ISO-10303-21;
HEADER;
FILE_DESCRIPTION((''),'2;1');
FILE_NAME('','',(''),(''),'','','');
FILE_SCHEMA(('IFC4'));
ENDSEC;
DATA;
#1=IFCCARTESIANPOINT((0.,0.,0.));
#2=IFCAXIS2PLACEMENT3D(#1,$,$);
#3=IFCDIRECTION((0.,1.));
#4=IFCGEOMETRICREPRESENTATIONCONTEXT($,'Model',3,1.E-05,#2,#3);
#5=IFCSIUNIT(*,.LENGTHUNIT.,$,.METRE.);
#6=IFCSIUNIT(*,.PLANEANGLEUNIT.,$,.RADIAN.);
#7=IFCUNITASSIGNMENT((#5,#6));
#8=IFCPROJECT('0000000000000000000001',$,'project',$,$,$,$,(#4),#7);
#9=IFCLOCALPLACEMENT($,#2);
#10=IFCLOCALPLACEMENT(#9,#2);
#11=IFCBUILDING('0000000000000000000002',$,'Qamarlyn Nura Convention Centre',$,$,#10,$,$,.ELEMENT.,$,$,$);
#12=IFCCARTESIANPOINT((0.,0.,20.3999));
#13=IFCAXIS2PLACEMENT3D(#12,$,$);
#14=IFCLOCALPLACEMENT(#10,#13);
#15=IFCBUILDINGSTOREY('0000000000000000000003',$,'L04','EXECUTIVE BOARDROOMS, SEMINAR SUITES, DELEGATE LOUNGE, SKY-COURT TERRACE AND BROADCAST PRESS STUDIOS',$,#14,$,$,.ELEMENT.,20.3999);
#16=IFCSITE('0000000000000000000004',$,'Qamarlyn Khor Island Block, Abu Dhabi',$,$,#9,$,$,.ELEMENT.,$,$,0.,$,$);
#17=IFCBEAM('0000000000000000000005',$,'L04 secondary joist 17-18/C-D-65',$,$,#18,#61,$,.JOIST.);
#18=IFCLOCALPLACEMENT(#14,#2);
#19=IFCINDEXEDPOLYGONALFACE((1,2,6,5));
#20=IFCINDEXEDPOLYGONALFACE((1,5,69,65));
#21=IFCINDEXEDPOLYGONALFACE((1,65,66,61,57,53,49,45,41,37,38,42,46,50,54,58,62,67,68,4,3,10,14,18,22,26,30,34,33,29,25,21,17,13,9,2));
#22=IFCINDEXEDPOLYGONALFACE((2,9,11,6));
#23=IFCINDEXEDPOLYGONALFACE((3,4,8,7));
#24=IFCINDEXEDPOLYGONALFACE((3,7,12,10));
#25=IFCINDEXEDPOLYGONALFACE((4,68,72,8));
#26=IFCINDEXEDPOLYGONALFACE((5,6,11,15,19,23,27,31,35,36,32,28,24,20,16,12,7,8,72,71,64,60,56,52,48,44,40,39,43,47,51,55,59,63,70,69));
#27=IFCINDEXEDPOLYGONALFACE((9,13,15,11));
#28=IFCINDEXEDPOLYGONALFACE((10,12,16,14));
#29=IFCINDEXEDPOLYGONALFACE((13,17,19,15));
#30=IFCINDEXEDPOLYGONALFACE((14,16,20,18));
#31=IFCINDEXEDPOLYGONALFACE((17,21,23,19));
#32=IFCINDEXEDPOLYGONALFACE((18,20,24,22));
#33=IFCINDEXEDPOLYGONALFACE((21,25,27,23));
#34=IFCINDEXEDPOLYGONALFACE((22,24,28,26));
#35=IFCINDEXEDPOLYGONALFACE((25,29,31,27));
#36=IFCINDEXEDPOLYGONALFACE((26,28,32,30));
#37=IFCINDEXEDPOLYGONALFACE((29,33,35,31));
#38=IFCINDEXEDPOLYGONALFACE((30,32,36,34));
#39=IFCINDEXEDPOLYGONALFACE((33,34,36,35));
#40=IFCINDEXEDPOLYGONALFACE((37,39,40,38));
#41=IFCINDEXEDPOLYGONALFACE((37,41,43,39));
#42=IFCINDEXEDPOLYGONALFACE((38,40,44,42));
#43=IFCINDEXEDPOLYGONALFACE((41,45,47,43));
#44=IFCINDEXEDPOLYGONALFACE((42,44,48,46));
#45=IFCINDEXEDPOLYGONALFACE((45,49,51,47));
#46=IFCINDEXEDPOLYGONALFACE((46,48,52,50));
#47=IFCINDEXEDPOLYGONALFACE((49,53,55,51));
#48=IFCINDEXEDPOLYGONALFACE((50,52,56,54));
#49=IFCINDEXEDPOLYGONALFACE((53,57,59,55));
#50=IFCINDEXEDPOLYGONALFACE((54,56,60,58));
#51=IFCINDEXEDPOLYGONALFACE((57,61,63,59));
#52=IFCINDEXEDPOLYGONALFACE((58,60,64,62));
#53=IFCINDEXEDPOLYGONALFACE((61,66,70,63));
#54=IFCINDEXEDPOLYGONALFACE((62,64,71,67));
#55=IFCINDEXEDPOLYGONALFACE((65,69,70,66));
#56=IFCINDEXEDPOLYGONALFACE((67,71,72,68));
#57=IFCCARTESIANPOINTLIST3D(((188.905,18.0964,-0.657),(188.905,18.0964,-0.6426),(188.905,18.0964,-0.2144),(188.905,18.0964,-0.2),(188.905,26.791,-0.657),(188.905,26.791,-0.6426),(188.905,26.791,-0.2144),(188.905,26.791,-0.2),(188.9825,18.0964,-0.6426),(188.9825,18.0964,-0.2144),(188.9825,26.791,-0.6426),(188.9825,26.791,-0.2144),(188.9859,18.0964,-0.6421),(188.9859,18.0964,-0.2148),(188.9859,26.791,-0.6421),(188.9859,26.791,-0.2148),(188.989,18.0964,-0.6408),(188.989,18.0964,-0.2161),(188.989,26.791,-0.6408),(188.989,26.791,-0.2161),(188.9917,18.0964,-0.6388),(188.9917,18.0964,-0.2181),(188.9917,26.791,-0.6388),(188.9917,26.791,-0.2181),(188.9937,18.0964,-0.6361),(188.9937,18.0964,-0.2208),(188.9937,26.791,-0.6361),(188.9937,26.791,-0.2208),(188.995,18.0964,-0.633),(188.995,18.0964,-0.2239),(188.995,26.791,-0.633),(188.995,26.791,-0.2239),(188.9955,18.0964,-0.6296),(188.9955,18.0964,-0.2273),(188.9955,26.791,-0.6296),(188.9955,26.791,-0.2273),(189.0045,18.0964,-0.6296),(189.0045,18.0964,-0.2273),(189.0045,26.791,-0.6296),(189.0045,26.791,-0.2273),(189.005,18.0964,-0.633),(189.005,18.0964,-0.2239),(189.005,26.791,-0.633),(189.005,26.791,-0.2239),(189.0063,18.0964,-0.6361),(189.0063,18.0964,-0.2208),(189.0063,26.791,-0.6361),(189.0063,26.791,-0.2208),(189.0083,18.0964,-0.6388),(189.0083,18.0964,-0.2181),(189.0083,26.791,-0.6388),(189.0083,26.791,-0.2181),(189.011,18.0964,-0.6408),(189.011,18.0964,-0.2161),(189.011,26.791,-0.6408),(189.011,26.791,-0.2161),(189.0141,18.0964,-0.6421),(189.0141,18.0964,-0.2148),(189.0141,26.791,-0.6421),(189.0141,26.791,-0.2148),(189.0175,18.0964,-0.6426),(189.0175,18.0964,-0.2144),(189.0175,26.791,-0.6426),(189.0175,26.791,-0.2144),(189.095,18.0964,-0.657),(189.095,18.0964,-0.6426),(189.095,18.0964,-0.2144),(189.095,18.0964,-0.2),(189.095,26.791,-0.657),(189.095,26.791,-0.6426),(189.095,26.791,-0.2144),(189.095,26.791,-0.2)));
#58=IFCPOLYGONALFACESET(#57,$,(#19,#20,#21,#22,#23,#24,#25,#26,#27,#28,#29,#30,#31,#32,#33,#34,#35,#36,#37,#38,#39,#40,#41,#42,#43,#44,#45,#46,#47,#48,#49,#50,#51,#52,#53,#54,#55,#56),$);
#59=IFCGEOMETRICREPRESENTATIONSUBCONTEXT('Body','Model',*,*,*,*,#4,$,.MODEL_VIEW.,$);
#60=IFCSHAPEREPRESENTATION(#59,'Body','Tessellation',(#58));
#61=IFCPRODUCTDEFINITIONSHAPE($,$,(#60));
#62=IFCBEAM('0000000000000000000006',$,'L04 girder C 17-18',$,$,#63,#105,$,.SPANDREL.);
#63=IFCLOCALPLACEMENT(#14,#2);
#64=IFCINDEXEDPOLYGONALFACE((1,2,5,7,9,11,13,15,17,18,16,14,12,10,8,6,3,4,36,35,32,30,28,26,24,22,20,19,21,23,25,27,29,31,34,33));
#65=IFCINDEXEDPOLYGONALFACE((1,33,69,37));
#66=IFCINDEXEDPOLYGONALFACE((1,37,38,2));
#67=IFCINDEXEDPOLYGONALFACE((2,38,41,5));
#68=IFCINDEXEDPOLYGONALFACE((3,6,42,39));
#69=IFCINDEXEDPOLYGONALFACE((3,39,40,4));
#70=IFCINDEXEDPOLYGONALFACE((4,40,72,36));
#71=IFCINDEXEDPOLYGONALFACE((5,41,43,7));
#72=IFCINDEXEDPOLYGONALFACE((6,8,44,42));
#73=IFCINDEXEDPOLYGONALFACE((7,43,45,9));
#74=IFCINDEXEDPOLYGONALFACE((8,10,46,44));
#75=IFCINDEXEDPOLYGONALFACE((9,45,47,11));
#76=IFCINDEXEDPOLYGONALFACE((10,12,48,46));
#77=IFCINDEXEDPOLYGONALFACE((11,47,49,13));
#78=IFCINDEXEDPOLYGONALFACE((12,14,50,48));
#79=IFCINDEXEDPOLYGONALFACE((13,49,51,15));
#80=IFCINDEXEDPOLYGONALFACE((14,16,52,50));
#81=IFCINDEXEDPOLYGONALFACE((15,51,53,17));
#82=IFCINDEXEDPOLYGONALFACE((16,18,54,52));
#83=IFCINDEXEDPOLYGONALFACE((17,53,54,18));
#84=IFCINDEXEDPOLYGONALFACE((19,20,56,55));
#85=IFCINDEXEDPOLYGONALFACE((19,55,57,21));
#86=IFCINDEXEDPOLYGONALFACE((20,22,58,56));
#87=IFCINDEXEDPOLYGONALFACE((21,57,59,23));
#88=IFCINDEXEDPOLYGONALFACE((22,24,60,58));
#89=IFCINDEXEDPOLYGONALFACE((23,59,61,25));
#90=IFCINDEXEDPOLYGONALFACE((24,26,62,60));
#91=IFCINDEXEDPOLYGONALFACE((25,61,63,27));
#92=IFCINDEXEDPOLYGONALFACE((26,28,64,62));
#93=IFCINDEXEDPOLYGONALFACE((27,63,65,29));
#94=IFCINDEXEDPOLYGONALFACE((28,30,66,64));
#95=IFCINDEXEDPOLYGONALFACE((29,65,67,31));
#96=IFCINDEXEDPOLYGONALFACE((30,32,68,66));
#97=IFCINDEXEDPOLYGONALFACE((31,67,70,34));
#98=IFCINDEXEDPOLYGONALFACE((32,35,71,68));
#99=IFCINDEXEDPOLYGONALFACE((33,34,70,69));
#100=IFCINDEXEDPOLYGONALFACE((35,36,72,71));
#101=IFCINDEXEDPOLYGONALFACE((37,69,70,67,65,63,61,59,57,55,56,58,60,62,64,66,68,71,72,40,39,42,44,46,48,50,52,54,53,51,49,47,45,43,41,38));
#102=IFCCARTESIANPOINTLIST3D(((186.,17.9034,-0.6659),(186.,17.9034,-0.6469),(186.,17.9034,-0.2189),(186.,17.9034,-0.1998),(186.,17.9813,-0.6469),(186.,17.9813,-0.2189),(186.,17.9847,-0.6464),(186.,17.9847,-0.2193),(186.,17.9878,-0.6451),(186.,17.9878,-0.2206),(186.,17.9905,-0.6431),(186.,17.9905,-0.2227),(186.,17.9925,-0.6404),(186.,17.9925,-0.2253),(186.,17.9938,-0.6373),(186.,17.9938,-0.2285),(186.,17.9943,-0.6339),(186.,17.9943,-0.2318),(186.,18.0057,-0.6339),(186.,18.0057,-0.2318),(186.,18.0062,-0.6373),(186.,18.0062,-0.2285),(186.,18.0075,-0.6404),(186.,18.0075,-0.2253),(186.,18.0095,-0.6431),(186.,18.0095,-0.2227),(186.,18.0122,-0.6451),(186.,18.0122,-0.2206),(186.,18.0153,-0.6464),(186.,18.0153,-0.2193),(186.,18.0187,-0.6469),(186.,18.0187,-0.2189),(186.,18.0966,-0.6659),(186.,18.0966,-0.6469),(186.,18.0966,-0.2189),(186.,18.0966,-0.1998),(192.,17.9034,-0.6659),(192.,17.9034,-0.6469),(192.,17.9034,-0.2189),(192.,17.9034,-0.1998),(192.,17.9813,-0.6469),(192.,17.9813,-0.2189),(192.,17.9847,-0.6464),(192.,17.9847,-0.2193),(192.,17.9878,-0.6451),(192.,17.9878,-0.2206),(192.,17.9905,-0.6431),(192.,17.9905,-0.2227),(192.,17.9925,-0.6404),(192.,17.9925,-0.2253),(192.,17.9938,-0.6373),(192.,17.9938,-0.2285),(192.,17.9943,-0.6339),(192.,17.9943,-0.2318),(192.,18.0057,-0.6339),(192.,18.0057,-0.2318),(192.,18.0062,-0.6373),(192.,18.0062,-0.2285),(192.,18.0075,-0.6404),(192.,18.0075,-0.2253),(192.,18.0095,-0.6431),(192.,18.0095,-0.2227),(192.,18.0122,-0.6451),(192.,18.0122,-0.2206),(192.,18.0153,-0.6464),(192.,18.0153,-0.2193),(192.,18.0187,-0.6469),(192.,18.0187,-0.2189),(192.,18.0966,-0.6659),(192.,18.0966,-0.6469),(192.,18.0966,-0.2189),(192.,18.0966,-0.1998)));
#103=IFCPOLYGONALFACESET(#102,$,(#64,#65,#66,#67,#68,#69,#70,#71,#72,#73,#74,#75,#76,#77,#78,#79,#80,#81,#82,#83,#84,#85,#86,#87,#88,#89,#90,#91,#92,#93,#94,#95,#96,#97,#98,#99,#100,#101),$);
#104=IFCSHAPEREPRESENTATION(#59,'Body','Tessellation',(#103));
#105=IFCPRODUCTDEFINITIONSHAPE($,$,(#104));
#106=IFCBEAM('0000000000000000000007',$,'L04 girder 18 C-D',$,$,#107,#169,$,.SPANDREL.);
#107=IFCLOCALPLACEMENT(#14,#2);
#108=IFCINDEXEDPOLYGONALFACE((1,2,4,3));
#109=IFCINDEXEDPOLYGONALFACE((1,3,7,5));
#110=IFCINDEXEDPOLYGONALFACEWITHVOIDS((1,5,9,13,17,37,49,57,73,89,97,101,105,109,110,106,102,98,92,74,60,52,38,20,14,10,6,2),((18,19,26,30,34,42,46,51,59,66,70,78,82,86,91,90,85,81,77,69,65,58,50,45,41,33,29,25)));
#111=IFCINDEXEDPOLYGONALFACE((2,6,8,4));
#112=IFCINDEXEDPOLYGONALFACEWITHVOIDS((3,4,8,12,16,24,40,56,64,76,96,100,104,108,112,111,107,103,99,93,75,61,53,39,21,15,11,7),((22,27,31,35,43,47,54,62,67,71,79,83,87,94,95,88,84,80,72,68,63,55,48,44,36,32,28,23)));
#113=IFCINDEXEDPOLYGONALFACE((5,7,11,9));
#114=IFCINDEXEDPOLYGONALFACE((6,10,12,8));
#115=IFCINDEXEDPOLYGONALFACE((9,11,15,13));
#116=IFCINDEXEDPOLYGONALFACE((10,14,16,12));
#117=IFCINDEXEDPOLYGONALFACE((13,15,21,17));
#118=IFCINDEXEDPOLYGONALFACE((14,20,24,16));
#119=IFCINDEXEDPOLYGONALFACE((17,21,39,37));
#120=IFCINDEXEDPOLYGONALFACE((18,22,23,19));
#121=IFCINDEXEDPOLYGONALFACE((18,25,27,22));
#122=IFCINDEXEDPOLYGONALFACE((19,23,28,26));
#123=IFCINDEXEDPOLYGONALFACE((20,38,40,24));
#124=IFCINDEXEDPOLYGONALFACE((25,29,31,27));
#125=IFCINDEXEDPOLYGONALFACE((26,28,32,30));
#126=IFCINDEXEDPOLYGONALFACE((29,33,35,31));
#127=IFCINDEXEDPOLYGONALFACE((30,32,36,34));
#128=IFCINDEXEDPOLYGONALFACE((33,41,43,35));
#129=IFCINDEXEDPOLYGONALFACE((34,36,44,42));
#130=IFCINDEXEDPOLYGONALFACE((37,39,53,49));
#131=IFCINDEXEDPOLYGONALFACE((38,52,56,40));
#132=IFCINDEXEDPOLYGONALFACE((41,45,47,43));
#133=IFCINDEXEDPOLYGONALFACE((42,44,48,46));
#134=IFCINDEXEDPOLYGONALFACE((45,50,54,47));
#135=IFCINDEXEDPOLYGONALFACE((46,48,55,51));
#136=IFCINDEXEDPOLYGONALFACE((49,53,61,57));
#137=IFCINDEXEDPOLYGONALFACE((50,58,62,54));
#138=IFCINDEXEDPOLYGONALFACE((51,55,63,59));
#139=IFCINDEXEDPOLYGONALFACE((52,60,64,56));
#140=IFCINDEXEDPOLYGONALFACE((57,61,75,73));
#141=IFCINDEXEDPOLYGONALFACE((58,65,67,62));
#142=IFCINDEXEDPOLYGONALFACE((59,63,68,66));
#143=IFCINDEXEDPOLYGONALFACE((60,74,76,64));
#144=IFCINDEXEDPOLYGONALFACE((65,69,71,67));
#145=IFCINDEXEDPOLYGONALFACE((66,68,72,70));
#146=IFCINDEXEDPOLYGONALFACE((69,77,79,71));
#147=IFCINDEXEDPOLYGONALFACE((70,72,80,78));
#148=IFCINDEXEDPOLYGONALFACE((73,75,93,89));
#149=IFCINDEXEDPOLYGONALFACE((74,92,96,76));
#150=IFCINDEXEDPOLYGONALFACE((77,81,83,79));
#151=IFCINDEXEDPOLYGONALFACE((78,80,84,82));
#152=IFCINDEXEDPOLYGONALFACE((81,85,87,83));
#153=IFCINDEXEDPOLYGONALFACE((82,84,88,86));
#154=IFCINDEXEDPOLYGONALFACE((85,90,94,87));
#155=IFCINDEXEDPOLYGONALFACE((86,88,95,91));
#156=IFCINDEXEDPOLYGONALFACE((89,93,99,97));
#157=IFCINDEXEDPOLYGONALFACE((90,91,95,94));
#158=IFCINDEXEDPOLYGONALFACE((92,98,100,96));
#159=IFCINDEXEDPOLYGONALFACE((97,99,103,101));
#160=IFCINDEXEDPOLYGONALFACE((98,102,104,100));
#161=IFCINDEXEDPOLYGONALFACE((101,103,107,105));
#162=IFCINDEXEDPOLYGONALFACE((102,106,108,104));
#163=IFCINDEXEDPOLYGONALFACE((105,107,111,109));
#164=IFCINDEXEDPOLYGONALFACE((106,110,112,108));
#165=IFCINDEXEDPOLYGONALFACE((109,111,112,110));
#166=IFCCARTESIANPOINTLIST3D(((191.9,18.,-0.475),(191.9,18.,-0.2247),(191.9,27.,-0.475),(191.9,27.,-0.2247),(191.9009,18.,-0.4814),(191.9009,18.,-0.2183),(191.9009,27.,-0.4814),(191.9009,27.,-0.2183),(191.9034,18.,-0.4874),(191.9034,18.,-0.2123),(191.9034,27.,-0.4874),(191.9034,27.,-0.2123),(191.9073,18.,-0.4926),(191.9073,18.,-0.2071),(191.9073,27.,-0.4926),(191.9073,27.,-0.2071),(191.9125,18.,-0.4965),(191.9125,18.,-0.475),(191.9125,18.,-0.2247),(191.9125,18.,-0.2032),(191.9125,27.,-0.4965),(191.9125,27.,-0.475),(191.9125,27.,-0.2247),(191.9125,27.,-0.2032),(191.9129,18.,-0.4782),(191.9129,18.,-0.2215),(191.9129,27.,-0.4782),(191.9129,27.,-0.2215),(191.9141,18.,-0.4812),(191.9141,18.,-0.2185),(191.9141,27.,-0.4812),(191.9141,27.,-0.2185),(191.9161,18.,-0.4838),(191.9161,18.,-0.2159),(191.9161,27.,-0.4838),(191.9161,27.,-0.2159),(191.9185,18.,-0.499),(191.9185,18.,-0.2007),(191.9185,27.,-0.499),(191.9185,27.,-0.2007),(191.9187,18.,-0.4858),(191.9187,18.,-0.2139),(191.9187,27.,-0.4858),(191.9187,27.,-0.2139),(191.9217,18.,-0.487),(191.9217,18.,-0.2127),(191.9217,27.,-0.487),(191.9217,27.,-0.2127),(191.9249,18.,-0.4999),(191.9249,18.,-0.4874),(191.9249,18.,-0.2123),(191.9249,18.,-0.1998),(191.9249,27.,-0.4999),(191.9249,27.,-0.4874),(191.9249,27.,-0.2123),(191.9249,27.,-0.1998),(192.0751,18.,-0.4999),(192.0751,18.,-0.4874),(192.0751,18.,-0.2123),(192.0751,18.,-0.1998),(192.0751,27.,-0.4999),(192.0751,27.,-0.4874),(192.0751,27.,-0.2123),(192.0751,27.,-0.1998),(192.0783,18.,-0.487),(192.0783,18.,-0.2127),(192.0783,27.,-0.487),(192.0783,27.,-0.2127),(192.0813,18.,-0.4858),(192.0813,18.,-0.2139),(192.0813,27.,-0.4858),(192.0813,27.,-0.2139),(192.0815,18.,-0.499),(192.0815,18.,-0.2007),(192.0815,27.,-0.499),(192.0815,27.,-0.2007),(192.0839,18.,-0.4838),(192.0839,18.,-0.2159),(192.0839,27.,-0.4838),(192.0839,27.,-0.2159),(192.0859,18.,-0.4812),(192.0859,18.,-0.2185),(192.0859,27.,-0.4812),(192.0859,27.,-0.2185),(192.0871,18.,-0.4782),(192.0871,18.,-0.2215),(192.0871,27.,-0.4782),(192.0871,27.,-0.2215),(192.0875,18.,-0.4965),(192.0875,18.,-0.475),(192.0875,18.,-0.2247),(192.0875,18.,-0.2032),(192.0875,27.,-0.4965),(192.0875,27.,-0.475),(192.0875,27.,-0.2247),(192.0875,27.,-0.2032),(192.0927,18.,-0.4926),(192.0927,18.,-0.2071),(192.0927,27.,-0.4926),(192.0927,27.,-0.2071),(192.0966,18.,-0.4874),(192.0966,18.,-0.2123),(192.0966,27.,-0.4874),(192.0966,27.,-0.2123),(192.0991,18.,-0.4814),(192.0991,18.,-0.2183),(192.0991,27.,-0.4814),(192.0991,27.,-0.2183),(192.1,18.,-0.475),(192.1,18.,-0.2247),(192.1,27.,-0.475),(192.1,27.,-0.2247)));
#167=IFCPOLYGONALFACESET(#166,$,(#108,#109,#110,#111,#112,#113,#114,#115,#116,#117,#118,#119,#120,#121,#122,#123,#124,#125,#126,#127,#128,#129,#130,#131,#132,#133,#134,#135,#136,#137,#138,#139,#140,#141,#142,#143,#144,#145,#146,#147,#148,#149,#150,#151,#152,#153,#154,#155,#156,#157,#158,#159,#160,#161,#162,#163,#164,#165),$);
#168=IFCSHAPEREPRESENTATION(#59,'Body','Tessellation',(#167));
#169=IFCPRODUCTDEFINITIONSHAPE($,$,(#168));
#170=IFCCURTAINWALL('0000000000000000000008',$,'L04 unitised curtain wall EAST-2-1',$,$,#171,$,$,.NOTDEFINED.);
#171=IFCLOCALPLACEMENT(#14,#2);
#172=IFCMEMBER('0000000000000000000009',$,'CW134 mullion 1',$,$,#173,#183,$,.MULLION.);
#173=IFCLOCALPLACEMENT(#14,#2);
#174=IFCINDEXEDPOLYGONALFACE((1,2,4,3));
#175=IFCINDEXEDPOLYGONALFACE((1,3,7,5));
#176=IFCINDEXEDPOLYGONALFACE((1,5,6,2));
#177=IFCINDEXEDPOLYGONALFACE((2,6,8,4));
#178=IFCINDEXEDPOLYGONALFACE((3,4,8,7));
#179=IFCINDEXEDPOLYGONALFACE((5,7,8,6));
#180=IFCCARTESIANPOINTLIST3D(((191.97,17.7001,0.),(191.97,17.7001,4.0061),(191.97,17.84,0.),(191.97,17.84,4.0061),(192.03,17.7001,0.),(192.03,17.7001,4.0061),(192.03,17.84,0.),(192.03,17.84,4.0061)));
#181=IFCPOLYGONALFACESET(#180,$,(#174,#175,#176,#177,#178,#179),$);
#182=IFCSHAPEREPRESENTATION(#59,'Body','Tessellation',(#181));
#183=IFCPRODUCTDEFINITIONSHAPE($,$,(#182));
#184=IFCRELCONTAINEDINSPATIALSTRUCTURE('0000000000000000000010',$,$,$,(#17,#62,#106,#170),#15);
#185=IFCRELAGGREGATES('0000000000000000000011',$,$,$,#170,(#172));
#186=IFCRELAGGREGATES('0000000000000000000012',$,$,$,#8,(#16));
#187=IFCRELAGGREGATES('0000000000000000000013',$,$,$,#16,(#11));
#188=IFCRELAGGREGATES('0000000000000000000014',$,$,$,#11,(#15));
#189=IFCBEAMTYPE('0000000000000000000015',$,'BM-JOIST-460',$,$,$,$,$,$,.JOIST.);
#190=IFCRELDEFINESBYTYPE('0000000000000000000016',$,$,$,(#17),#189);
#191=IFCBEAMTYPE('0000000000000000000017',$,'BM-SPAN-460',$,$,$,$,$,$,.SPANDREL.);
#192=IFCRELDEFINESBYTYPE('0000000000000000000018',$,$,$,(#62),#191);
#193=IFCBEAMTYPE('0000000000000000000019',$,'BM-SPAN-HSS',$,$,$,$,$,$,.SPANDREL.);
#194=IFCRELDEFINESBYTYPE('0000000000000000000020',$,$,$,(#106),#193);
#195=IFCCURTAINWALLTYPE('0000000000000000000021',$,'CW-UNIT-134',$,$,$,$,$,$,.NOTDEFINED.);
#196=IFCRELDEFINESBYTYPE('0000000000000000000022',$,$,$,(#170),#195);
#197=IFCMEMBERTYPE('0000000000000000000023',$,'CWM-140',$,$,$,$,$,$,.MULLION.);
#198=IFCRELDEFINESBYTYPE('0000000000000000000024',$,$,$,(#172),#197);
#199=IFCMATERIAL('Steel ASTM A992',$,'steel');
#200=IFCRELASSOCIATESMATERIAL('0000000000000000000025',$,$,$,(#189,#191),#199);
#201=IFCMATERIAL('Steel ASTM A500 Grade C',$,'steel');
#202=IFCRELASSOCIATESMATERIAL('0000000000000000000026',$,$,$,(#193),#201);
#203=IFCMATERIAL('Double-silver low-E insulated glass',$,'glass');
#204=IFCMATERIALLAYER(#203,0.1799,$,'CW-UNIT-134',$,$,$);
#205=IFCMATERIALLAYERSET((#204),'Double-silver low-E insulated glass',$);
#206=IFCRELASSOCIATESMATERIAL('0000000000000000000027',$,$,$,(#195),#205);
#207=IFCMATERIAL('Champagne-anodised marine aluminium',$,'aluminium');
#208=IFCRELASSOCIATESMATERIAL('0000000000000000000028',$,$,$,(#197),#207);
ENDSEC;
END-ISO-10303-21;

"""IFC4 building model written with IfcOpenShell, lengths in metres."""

from ifc_helpers import new_model, si_unit, direction, frame, origin, origin_2d, place, context, subcontext, project, spatial, rectangle, hollow_rectangle, i_section, extrude, material, layer, layer_set, material_profile, profile_set, type_object, element, aggregate, save


model = new_model("IFC4")

# Units and contexts
model_context = context("Model", 3, precision=1e-05, world=origin(), true_north=direction((0.0, 1.0)))
body_context = subcontext(model_context, "Body", "Model", "MODEL_VIEW")
ifc_project = project(units=[si_unit("LENGTHUNIT", "METRE"), si_unit("PLANEANGLEUNIT", "RADIAN")], contexts=[model_context])

# Site, building, storey
site_placement = place(None, origin())
site = spatial("IfcSite", under=ifc_project, at=site_placement, Name="Qamarlyn Khor Island Block, Abu Dhabi", CompositionType="ELEMENT", RefElevation=0.0)
building_placement = place(site_placement, origin())
building = spatial("IfcBuilding", under=site, at=building_placement, Name="Qamarlyn Nura Convention Centre", CompositionType="ELEMENT")
storey_placement = place(building_placement, frame((0.0, 0.0, 20.3999)))
storey = spatial("IfcBuildingStorey", under=building, at=storey_placement, Name="L04", Description="EXECUTIVE BOARDROOMS, SEMINAR SUITES, DELEGATE LOUNGE, SKY-COURT TERRACE AND BROADCAST PRESS STUDIOS", CompositionType="ELEMENT", Elevation=20.3999)

# Shared definitions
ifc_material_1 = material(Name="Steel ASTM A500 Grade C", Category="steel")
ifc_material_2 = material(Name="Steel ASTM A992", Category="steel")

# Beams
ifc_material_profile_1 = material_profile(ifc_material_2, i_section(OverallWidth=0.1899, OverallDepth=0.457, WebThickness=0.009, FlangeThickness=0.0144, FilletRadius=0.0129, at=origin_2d()), Name="W460X74")
ifc_profile_set_1 = profile_set([ifc_material_profile_1], Name="Steel ASTM A992")
beam_type_1 = type_object("IfcBeamType", Name="BM-JOIST-460", PredefinedType="JOIST", material=ifc_profile_set_1)
beam_1_placement = place(storey_placement, frame((189.0, 18.0964, -0.4285), z_axis=(0.0, 1.0, 0.0), x_axis=(-1.0, 0.0, 0.0)))
element("IfcBeam", 1, at=beam_1_placement, inside=storey, type_object=beam_type_1, Name="L04 secondary joist 17-18/C-D-65", PredefinedType="JOIST", context=body_context, shape_type="SweptSolid", body=[
    extrude(i_section(OverallWidth=0.1899, OverallDepth=0.457, WebThickness=0.009, FlangeThickness=0.0144, FilletRadius=0.0129, at=origin_2d()), origin(), (0.0, 0.0, 1.0), 8.6946),
])
ifc_material_profile_2 = material_profile(ifc_material_2, i_section(OverallWidth=0.1931, OverallDepth=0.4661, WebThickness=0.0115, FlangeThickness=0.019, FilletRadius=0.0129, at=origin_2d()), Name="W460X97")
ifc_profile_set_2 = profile_set([ifc_material_profile_2], Name="Steel ASTM A992")
beam_type_2 = type_object("IfcBeamType", Name="BM-SPAN-460", PredefinedType="SPANDREL", material=ifc_profile_set_2)
beam_2_placement = place(storey_placement, frame((186.0, 18.0, -0.4329), z_axis=(1.0, 0.0, 0.0), x_axis=(0.0, 1.0, 0.0)))
element("IfcBeam", 2, at=beam_2_placement, inside=storey, type_object=beam_type_2, Name="L04 girder C 17-18", PredefinedType="SPANDREL", context=body_context, shape_type="SweptSolid", body=[
    extrude(i_section(OverallWidth=0.1931, OverallDepth=0.4661, WebThickness=0.0115, FlangeThickness=0.019, FilletRadius=0.0129, at=origin_2d()), origin(), (0.0, 0.0, 1.0), 6.0),
])
ifc_material_profile_3 = material_profile(ifc_material_1, hollow_rectangle(XDim=0.2, YDim=0.3, WallThickness=0.0125, InnerFilletRadius=0.0125, OuterFilletRadius=0.0249, at=origin_2d()), Name="HSS300X200X12.5")
ifc_profile_set_3 = profile_set([ifc_material_profile_3], Name="Steel ASTM A500 Grade C")
beam_type_3 = type_object("IfcBeamType", Name="BM-SPAN-HSS", PredefinedType="SPANDREL", material=ifc_profile_set_3)
beam_3_placement = place(storey_placement, frame((192.0, 18.0, -0.3499), z_axis=(0.0, 1.0, 0.0), x_axis=(-1.0, 0.0, 0.0)))
element("IfcBeam", 3, at=beam_3_placement, inside=storey, type_object=beam_type_3, Name="L04 girder 18 C-D", PredefinedType="SPANDREL", context=body_context, shape_type="SweptSolid", body=[
    extrude(hollow_rectangle(XDim=0.2, YDim=0.3, WallThickness=0.0125, InnerFilletRadius=0.0125, OuterFilletRadius=0.0249, at=origin_2d()), origin(), (0.0, 0.0, 1.0), 9.0),
])

# Curtain wall, member
ifc_material_3 = material(Name="Double-silver low-E insulated glass", Category="glass")
ifc_layer_1 = layer(ifc_material_3, 0.1799, Name="CW-UNIT-134")
ifc_layer_set_1 = layer_set([ifc_layer_1], Name="Double-silver low-E insulated glass")
curtain_wall_type_1 = type_object("IfcCurtainWallType", Name="CW-UNIT-134", PredefinedType="NOTDEFINED", material=ifc_layer_set_1)
curtain_wall_1_placement = place(storey_placement, origin())
curtain_wall_1 = element("IfcCurtainWall", 4, at=curtain_wall_1_placement, inside=storey, type_object=curtain_wall_type_1, Name="L04 unitised curtain wall EAST-2-1", PredefinedType="NOTDEFINED")
ifc_material_4 = material(Name="Champagne-anodised marine aluminium", Category="aluminium")
ifc_material_profile_4 = material_profile(ifc_material_4, rectangle(XDim=0.0601, YDim=0.1399, at=origin_2d()), Name="ALU MULLION 60x140")
ifc_profile_set_4 = profile_set([ifc_material_profile_4], Name="Champagne-anodised marine aluminium")
member_type_1 = type_object("IfcMemberType", Name="CWM-140", PredefinedType="MULLION", material=ifc_profile_set_4)
member_1_placement = place(storey_placement, frame((192.0, 17.77, 0.0), z_axis=(0.0, 0.0, 1.0), x_axis=(1.0, 0.0, 0.0)))
member_1 = element("IfcMember", 5, at=member_1_placement, type_object=member_type_1, Name="CW134 mullion 1", PredefinedType="MULLION", context=body_context, shape_type="SweptSolid", body=[
    extrude(rectangle(XDim=0.0601, YDim=0.1399, at=origin_2d()), origin(), (0.0, 0.0, 1.0), 4.0061),
])

aggregate(curtain_wall_1, [member_1])

save(model, "model.ifc")
